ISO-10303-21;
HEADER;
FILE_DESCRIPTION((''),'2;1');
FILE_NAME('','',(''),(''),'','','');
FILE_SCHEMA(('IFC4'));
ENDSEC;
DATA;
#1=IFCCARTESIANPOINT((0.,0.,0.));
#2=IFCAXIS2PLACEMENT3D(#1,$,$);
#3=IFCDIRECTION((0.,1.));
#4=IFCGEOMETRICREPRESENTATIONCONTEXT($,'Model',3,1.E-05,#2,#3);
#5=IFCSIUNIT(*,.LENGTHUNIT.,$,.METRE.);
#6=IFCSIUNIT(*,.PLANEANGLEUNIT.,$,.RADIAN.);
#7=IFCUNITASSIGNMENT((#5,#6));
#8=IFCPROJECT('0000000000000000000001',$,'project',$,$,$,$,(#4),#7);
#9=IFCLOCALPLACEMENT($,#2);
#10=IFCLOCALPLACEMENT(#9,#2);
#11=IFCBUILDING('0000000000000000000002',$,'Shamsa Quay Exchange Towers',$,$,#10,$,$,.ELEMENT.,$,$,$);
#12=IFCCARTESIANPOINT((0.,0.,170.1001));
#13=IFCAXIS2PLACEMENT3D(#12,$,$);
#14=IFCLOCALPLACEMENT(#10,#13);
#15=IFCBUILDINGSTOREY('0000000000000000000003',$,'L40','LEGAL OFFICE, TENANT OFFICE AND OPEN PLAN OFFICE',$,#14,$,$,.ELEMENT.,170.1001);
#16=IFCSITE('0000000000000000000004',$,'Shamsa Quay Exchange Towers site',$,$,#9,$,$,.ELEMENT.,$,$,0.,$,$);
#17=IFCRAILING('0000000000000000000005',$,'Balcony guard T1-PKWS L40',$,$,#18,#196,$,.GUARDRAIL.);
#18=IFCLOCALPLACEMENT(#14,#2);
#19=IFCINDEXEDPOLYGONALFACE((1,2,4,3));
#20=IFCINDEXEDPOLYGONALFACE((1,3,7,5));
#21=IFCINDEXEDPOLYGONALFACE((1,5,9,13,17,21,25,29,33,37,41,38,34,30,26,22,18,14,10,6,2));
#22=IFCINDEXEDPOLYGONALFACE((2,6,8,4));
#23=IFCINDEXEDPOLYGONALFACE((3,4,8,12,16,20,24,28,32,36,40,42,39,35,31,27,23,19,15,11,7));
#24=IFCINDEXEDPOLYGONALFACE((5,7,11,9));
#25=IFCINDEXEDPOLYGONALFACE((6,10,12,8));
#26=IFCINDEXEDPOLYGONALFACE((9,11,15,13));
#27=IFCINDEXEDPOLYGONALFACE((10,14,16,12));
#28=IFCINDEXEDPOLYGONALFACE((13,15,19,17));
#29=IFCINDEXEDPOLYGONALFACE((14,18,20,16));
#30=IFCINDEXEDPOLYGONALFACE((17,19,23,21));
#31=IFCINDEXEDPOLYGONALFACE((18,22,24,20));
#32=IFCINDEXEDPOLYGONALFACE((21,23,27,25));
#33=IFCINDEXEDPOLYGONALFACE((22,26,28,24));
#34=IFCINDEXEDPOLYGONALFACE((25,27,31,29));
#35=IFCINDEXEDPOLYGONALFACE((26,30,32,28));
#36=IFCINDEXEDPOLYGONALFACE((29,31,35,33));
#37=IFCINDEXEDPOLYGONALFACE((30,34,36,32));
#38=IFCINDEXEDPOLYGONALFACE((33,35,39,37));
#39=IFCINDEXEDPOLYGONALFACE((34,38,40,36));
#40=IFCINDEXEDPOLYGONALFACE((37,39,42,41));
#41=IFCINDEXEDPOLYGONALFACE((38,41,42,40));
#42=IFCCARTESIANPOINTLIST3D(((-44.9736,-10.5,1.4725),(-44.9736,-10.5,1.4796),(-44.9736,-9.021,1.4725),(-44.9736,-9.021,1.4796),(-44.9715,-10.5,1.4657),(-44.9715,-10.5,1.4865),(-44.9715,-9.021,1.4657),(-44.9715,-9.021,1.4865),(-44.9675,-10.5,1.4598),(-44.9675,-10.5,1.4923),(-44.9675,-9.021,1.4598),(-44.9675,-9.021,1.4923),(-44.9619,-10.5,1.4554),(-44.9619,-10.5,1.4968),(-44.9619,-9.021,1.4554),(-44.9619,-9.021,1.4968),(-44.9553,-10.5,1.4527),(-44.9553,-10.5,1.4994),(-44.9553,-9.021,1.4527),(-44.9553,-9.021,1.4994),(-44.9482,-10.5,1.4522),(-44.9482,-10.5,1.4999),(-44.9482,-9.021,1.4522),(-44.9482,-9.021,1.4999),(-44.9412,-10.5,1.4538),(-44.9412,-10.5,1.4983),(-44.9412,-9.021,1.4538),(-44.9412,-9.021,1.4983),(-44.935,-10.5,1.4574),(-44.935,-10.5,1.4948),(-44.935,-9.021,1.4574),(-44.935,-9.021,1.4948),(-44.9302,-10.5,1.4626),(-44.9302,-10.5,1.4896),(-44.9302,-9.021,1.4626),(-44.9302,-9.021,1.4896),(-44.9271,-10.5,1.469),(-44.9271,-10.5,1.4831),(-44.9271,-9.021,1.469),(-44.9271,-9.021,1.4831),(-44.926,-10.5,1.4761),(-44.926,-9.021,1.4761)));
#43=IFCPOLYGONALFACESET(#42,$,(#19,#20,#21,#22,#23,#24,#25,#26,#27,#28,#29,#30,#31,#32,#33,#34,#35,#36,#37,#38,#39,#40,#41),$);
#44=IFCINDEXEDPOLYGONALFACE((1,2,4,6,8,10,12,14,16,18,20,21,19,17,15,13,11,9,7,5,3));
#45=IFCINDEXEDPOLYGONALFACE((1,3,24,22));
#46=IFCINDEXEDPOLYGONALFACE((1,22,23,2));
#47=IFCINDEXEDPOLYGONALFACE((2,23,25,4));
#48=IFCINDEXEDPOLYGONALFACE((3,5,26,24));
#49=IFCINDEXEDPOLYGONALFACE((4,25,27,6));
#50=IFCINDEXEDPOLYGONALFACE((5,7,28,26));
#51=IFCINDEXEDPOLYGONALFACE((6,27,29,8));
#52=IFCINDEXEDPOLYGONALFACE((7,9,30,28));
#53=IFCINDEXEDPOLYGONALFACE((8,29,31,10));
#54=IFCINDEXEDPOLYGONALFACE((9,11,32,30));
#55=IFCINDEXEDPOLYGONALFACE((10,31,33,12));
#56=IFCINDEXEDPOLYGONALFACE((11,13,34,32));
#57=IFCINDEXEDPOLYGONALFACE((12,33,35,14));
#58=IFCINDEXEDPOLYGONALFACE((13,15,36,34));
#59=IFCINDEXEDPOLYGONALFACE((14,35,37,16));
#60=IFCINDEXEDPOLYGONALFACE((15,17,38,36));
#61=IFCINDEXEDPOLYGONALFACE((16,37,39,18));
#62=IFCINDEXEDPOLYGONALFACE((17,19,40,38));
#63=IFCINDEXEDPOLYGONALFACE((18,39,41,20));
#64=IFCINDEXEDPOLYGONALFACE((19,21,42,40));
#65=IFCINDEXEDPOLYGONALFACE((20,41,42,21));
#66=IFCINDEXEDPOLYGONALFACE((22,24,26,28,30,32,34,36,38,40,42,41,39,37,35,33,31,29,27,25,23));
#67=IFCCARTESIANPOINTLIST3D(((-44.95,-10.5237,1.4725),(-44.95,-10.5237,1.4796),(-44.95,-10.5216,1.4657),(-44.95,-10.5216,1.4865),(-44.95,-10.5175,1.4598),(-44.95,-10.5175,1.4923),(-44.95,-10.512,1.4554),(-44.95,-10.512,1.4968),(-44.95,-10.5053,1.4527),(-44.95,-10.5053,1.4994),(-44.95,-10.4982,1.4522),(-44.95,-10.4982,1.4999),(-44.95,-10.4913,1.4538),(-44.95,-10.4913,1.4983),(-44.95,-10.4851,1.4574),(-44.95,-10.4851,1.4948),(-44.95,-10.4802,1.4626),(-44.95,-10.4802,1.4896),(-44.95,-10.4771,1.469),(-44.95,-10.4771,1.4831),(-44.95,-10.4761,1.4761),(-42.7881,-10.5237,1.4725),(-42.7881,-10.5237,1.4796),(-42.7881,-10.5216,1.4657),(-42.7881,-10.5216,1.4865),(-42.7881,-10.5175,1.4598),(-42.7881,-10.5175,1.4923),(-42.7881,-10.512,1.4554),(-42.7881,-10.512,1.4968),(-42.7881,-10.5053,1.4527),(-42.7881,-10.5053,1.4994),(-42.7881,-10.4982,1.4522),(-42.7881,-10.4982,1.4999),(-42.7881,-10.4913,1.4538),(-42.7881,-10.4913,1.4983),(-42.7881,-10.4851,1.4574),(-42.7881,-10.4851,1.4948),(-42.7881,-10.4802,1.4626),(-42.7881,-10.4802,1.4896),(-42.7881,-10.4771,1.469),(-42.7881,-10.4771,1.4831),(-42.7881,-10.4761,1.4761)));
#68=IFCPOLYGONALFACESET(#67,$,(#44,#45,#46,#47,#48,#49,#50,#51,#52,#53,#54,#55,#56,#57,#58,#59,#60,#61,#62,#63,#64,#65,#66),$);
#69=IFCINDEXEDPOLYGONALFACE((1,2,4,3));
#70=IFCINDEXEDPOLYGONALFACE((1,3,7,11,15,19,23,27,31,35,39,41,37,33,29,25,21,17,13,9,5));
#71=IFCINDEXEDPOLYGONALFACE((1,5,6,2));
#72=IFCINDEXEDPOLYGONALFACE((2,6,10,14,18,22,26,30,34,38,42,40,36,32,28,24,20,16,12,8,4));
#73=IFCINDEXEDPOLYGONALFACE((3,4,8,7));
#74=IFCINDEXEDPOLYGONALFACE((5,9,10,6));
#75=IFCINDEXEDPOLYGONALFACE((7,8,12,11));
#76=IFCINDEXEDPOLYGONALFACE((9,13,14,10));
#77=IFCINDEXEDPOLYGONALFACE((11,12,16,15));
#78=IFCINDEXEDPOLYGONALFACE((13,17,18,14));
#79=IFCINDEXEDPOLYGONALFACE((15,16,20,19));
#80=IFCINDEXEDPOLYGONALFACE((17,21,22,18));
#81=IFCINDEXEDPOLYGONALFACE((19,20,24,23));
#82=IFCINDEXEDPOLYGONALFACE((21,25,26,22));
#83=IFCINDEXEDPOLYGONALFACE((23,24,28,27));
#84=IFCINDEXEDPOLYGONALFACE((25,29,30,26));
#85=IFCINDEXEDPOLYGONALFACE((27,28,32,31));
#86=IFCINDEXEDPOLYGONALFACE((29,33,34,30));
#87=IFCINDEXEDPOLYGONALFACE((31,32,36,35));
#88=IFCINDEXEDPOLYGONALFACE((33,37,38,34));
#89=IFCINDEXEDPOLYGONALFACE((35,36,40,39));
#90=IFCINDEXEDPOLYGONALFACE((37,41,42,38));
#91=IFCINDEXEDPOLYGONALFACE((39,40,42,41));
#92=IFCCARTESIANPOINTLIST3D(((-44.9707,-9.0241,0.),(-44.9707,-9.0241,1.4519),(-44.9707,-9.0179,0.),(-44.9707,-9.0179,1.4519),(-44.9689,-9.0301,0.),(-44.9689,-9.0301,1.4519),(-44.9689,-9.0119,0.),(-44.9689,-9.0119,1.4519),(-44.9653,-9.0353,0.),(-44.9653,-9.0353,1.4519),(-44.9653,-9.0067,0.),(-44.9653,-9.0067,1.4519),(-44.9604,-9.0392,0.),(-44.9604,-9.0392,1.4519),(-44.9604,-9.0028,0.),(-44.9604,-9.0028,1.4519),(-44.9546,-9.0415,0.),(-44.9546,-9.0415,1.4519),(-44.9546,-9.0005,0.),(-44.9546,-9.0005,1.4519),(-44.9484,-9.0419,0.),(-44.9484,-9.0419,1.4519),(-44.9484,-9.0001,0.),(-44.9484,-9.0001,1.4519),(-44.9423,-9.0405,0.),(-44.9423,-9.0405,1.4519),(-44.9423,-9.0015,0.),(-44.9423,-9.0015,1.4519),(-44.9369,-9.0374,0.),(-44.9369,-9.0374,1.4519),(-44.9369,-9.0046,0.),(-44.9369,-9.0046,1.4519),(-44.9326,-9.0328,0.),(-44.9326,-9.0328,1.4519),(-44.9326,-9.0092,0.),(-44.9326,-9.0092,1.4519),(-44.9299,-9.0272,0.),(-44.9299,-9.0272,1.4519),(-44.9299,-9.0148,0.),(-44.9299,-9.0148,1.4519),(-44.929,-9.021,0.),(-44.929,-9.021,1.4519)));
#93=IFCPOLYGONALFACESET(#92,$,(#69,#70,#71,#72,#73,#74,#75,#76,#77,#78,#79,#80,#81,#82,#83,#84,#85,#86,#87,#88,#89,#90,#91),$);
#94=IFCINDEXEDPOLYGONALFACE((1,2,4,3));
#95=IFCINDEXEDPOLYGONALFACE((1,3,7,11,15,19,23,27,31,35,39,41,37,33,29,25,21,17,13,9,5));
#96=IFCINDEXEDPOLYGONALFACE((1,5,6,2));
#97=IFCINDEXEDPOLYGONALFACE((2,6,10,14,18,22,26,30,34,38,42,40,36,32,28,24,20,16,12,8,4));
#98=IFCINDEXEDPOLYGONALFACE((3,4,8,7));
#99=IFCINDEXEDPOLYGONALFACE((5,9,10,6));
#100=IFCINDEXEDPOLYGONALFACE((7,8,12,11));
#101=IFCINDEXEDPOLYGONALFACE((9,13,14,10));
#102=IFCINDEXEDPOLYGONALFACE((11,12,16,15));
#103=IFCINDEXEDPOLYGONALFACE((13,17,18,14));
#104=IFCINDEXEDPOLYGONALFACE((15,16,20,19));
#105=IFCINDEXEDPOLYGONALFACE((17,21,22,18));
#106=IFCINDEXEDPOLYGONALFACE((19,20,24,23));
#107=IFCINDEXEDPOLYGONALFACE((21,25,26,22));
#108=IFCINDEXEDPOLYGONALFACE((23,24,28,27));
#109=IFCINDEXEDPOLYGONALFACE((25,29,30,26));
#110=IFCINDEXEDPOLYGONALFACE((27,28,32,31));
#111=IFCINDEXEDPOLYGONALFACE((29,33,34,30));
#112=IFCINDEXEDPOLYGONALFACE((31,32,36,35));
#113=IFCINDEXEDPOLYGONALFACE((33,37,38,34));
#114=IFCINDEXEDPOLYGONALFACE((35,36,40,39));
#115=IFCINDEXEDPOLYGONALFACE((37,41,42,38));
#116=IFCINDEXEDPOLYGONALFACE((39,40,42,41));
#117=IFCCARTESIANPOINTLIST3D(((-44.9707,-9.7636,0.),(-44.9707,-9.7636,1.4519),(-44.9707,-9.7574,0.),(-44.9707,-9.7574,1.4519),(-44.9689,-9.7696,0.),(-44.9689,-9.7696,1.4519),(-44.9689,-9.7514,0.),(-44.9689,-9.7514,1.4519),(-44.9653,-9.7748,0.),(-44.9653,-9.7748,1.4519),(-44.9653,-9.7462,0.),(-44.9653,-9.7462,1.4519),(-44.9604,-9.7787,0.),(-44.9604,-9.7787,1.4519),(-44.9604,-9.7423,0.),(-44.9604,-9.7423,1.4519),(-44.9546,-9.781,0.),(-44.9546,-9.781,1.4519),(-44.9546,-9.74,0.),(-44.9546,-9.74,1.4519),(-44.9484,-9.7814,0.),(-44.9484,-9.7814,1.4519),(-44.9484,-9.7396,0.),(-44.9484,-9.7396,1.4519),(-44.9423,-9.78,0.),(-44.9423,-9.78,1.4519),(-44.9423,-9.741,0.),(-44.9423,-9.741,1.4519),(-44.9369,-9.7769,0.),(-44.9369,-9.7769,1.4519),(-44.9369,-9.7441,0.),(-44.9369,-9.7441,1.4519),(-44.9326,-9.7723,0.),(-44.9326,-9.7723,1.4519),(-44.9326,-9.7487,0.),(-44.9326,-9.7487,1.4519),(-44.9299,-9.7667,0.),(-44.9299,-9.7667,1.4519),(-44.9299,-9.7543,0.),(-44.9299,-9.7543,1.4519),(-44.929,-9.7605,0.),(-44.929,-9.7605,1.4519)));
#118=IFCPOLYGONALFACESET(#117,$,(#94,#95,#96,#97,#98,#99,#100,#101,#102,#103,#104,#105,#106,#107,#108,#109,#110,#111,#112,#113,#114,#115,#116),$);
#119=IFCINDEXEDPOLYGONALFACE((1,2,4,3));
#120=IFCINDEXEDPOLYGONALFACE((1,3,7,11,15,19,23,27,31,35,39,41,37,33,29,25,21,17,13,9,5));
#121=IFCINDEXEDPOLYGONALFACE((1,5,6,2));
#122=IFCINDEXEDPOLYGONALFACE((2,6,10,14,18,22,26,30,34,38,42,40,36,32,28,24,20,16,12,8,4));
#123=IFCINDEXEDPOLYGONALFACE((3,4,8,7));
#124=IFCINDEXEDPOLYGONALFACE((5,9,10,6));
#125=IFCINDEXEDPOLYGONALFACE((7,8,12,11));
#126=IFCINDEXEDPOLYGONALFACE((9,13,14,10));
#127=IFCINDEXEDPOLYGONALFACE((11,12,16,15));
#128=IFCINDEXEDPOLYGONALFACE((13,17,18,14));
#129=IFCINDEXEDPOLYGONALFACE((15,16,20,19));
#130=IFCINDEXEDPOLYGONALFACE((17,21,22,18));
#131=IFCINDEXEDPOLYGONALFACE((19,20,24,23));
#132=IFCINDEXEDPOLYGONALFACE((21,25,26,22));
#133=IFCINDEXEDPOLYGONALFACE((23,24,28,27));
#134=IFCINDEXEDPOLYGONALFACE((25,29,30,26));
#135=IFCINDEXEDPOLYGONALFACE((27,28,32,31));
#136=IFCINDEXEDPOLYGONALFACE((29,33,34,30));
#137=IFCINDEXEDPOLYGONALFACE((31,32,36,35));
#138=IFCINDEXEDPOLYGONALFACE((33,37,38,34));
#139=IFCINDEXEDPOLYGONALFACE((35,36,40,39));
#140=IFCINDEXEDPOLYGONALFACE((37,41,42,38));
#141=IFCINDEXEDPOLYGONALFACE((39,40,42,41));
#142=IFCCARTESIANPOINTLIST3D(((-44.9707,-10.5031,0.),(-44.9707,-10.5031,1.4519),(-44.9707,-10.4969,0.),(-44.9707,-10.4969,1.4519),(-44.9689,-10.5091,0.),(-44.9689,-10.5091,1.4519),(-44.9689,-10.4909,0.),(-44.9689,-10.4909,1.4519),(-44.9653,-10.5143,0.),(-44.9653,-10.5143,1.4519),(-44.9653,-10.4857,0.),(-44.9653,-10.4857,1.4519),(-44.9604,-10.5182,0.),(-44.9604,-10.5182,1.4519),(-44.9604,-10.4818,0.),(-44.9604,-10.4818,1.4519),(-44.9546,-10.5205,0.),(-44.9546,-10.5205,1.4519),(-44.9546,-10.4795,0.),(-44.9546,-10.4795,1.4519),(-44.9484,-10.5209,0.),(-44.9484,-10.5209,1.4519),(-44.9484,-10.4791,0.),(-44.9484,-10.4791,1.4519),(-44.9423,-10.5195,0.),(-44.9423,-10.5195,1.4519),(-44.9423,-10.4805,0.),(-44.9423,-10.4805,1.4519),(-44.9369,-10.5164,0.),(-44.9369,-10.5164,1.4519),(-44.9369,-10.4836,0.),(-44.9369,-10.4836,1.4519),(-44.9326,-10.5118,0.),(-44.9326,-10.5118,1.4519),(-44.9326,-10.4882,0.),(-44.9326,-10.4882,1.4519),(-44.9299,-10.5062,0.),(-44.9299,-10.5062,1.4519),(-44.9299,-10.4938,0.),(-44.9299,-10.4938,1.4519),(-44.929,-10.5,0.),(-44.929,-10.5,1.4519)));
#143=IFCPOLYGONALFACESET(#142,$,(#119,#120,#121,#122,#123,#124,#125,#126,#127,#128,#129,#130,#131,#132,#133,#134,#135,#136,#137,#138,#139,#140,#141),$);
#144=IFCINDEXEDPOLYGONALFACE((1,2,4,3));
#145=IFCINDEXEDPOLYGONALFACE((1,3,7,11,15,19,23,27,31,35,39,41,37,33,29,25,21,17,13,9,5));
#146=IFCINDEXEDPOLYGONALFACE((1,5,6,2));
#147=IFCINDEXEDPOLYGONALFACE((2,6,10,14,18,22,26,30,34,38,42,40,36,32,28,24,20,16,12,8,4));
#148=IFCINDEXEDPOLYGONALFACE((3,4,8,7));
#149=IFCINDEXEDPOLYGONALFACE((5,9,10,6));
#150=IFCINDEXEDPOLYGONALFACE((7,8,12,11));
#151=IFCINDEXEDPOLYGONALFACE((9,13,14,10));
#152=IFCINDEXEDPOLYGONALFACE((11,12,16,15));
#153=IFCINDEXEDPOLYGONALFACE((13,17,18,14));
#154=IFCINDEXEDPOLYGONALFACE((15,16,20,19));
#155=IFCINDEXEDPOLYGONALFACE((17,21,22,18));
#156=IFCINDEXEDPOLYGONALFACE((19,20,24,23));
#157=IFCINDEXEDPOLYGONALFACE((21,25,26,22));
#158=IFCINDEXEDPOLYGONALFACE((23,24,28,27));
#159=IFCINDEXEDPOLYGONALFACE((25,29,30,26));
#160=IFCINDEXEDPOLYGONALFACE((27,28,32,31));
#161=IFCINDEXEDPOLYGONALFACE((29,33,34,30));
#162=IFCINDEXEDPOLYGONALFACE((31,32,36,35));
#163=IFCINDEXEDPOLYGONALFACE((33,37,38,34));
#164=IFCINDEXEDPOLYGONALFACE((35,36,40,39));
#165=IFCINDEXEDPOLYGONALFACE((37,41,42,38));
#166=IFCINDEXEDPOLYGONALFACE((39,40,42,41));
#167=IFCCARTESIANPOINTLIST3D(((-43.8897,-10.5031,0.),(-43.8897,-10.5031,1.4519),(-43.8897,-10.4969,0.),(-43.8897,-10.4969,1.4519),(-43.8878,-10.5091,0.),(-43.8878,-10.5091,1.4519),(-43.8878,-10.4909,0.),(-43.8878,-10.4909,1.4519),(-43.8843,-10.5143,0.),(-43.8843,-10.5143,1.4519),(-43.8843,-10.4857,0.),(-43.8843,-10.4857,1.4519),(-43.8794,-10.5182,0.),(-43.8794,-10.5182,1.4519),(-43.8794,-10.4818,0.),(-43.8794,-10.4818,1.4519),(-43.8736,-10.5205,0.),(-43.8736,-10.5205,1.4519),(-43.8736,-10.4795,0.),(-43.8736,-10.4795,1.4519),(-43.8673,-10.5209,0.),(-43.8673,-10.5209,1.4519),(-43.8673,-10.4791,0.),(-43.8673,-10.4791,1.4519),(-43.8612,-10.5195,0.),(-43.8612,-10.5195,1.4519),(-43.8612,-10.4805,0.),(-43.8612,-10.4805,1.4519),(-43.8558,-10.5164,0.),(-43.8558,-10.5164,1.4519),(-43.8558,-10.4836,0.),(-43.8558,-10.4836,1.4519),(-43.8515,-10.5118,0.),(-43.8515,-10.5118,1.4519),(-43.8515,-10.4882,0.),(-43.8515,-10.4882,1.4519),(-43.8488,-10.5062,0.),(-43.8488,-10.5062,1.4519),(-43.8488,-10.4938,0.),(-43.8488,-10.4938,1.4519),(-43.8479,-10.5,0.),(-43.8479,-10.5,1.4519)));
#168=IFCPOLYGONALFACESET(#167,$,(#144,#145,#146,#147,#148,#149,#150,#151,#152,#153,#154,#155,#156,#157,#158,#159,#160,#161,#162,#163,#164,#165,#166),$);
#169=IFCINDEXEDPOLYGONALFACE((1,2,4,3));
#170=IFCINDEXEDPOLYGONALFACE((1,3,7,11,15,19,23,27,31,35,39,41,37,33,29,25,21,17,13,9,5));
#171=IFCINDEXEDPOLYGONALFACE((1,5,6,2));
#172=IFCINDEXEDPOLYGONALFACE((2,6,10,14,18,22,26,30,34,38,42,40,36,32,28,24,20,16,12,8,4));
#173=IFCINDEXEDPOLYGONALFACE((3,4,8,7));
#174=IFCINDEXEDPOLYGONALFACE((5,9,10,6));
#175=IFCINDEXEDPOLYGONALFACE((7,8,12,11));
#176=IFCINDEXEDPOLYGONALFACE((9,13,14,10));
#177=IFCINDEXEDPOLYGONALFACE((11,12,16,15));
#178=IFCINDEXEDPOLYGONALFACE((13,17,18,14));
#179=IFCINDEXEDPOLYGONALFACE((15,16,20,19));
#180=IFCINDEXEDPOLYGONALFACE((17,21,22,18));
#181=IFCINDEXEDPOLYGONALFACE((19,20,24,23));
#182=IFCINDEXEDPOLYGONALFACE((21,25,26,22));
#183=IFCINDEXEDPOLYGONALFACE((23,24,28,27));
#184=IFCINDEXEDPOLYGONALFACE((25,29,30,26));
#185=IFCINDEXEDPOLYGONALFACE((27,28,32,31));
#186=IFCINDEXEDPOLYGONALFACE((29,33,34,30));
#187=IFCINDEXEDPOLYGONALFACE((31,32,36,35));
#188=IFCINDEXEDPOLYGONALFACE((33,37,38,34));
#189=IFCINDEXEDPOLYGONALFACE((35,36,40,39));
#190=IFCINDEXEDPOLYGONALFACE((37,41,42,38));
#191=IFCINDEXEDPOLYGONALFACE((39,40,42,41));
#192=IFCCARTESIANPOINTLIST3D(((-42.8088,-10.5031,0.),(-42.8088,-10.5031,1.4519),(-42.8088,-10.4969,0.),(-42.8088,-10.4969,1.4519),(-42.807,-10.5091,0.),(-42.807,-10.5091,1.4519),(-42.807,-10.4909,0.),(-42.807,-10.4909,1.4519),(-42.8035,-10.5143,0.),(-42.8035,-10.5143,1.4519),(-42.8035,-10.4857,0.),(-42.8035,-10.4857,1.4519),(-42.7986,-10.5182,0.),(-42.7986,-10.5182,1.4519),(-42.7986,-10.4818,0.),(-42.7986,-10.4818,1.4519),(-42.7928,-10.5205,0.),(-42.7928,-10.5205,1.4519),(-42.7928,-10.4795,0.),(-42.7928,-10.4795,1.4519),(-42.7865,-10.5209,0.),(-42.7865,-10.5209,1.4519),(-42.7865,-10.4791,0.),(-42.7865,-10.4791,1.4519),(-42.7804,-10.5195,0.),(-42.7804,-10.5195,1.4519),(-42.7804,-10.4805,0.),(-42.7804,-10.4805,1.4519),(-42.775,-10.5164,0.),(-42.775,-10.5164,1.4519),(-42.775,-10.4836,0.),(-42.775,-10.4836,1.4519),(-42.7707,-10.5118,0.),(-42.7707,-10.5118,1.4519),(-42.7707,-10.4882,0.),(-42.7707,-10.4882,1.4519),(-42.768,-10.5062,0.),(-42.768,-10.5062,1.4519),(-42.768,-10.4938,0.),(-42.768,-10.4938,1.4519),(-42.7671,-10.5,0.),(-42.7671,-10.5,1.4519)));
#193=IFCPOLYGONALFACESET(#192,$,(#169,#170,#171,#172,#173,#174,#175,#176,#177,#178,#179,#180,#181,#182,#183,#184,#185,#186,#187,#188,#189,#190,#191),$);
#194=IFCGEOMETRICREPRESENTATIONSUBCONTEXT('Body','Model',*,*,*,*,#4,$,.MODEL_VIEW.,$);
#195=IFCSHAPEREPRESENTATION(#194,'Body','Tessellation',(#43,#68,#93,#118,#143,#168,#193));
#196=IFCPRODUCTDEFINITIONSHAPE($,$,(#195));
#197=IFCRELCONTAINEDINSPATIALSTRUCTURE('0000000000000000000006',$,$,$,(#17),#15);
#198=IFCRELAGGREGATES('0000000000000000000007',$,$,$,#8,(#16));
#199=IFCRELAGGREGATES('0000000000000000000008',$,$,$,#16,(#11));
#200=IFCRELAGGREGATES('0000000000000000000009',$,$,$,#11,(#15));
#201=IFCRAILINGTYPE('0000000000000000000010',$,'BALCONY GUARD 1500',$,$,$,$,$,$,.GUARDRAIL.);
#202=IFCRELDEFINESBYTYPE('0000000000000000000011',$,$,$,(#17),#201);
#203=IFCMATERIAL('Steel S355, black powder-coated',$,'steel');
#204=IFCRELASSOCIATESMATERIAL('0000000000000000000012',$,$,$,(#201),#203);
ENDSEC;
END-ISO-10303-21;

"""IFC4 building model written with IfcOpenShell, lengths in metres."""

from ifc_helpers import new_model, si_unit, direction, frame, origin, origin_2d, place, context, subcontext, project, spatial, circle, extrude, material, type_object, element, save


model = new_model("IFC4")

# Units and contexts
model_context = context("Model", 3, precision=1e-05, world=origin(), true_north=direction((0.0, 1.0)))
body_context = subcontext(model_context, "Body", "Model", "MODEL_VIEW")
ifc_project = project(units=[si_unit("LENGTHUNIT", "METRE"), si_unit("PLANEANGLEUNIT", "RADIAN")], contexts=[model_context])

# Site, building, storey
site_placement = place(None, origin())
site = spatial("IfcSite", under=ifc_project, at=site_placement, Name="Shamsa Quay Exchange Towers site", CompositionType="ELEMENT", RefElevation=0.0)
building_placement = place(site_placement, origin())
building = spatial("IfcBuilding", under=site, at=building_placement, Name="Shamsa Quay Exchange Towers", CompositionType="ELEMENT")
storey_placement = place(building_placement, frame((0.0, 0.0, 170.1001)))
storey = spatial("IfcBuildingStorey", under=building, at=storey_placement, Name="L40", Description="LEGAL OFFICE, TENANT OFFICE AND OPEN PLAN OFFICE", CompositionType="ELEMENT", Elevation=170.1001)

# Railing
ifc_material_1 = material(Name="Steel S355, black powder-coated", Category="steel")
railing_type_1 = type_object("IfcRailingType", Name="BALCONY GUARD 1500", PredefinedType="GUARDRAIL", material=ifc_material_1)
for number, where, name in (
    (1, (-44.95, -9.021, 0.0), "Balcony guard T1-PKWS L40"),
):
    element("IfcRailing", number, at=place(storey_placement, frame(where)), inside=storey, type_object=railing_type_1, Name=name, PredefinedType="GUARDRAIL", context=body_context, shape_type="SweptSolid", body=[
        extrude(circle(Radius=0.0239, at=origin_2d()), frame((0.0, 0.0, 1.4761), z_axis=(0.0, -1.0, 0.0), x_axis=(1.0, 0.0, 0.0)), (0.0, 0.0, 1.0), 1.479),
        extrude(circle(Radius=0.0239, at=origin_2d()), frame((0.0, -1.479, 1.4761), z_axis=(1.0, 0.0, 0.0), x_axis=(0.0, 1.0, 0.0)), (0.0, 0.0, 1.0), 2.1619),
        extrude(circle(Radius=0.021, at=origin_2d()), origin(), (0.0, 0.0, 1.0), 1.4519),
        extrude(circle(Radius=0.021, at=origin_2d()), frame((0.0, -0.7395, 0.0)), (0.0, 0.0, 1.0), 1.4519),
        extrude(circle(Radius=0.021, at=origin_2d()), frame((0.0, -1.479, 0.0)), (0.0, 0.0, 1.0), 1.4519),
        extrude(circle(Radius=0.021, at=origin_2d()), frame((1.0811, -1.479, 0.0)), (0.0, 0.0, 1.0), 1.4519),
        extrude(circle(Radius=0.021, at=origin_2d()), frame((2.1619, -1.479, 0.0)), (0.0, 0.0, 1.0), 1.4519),
    ])

save(model, "model.ifc")
